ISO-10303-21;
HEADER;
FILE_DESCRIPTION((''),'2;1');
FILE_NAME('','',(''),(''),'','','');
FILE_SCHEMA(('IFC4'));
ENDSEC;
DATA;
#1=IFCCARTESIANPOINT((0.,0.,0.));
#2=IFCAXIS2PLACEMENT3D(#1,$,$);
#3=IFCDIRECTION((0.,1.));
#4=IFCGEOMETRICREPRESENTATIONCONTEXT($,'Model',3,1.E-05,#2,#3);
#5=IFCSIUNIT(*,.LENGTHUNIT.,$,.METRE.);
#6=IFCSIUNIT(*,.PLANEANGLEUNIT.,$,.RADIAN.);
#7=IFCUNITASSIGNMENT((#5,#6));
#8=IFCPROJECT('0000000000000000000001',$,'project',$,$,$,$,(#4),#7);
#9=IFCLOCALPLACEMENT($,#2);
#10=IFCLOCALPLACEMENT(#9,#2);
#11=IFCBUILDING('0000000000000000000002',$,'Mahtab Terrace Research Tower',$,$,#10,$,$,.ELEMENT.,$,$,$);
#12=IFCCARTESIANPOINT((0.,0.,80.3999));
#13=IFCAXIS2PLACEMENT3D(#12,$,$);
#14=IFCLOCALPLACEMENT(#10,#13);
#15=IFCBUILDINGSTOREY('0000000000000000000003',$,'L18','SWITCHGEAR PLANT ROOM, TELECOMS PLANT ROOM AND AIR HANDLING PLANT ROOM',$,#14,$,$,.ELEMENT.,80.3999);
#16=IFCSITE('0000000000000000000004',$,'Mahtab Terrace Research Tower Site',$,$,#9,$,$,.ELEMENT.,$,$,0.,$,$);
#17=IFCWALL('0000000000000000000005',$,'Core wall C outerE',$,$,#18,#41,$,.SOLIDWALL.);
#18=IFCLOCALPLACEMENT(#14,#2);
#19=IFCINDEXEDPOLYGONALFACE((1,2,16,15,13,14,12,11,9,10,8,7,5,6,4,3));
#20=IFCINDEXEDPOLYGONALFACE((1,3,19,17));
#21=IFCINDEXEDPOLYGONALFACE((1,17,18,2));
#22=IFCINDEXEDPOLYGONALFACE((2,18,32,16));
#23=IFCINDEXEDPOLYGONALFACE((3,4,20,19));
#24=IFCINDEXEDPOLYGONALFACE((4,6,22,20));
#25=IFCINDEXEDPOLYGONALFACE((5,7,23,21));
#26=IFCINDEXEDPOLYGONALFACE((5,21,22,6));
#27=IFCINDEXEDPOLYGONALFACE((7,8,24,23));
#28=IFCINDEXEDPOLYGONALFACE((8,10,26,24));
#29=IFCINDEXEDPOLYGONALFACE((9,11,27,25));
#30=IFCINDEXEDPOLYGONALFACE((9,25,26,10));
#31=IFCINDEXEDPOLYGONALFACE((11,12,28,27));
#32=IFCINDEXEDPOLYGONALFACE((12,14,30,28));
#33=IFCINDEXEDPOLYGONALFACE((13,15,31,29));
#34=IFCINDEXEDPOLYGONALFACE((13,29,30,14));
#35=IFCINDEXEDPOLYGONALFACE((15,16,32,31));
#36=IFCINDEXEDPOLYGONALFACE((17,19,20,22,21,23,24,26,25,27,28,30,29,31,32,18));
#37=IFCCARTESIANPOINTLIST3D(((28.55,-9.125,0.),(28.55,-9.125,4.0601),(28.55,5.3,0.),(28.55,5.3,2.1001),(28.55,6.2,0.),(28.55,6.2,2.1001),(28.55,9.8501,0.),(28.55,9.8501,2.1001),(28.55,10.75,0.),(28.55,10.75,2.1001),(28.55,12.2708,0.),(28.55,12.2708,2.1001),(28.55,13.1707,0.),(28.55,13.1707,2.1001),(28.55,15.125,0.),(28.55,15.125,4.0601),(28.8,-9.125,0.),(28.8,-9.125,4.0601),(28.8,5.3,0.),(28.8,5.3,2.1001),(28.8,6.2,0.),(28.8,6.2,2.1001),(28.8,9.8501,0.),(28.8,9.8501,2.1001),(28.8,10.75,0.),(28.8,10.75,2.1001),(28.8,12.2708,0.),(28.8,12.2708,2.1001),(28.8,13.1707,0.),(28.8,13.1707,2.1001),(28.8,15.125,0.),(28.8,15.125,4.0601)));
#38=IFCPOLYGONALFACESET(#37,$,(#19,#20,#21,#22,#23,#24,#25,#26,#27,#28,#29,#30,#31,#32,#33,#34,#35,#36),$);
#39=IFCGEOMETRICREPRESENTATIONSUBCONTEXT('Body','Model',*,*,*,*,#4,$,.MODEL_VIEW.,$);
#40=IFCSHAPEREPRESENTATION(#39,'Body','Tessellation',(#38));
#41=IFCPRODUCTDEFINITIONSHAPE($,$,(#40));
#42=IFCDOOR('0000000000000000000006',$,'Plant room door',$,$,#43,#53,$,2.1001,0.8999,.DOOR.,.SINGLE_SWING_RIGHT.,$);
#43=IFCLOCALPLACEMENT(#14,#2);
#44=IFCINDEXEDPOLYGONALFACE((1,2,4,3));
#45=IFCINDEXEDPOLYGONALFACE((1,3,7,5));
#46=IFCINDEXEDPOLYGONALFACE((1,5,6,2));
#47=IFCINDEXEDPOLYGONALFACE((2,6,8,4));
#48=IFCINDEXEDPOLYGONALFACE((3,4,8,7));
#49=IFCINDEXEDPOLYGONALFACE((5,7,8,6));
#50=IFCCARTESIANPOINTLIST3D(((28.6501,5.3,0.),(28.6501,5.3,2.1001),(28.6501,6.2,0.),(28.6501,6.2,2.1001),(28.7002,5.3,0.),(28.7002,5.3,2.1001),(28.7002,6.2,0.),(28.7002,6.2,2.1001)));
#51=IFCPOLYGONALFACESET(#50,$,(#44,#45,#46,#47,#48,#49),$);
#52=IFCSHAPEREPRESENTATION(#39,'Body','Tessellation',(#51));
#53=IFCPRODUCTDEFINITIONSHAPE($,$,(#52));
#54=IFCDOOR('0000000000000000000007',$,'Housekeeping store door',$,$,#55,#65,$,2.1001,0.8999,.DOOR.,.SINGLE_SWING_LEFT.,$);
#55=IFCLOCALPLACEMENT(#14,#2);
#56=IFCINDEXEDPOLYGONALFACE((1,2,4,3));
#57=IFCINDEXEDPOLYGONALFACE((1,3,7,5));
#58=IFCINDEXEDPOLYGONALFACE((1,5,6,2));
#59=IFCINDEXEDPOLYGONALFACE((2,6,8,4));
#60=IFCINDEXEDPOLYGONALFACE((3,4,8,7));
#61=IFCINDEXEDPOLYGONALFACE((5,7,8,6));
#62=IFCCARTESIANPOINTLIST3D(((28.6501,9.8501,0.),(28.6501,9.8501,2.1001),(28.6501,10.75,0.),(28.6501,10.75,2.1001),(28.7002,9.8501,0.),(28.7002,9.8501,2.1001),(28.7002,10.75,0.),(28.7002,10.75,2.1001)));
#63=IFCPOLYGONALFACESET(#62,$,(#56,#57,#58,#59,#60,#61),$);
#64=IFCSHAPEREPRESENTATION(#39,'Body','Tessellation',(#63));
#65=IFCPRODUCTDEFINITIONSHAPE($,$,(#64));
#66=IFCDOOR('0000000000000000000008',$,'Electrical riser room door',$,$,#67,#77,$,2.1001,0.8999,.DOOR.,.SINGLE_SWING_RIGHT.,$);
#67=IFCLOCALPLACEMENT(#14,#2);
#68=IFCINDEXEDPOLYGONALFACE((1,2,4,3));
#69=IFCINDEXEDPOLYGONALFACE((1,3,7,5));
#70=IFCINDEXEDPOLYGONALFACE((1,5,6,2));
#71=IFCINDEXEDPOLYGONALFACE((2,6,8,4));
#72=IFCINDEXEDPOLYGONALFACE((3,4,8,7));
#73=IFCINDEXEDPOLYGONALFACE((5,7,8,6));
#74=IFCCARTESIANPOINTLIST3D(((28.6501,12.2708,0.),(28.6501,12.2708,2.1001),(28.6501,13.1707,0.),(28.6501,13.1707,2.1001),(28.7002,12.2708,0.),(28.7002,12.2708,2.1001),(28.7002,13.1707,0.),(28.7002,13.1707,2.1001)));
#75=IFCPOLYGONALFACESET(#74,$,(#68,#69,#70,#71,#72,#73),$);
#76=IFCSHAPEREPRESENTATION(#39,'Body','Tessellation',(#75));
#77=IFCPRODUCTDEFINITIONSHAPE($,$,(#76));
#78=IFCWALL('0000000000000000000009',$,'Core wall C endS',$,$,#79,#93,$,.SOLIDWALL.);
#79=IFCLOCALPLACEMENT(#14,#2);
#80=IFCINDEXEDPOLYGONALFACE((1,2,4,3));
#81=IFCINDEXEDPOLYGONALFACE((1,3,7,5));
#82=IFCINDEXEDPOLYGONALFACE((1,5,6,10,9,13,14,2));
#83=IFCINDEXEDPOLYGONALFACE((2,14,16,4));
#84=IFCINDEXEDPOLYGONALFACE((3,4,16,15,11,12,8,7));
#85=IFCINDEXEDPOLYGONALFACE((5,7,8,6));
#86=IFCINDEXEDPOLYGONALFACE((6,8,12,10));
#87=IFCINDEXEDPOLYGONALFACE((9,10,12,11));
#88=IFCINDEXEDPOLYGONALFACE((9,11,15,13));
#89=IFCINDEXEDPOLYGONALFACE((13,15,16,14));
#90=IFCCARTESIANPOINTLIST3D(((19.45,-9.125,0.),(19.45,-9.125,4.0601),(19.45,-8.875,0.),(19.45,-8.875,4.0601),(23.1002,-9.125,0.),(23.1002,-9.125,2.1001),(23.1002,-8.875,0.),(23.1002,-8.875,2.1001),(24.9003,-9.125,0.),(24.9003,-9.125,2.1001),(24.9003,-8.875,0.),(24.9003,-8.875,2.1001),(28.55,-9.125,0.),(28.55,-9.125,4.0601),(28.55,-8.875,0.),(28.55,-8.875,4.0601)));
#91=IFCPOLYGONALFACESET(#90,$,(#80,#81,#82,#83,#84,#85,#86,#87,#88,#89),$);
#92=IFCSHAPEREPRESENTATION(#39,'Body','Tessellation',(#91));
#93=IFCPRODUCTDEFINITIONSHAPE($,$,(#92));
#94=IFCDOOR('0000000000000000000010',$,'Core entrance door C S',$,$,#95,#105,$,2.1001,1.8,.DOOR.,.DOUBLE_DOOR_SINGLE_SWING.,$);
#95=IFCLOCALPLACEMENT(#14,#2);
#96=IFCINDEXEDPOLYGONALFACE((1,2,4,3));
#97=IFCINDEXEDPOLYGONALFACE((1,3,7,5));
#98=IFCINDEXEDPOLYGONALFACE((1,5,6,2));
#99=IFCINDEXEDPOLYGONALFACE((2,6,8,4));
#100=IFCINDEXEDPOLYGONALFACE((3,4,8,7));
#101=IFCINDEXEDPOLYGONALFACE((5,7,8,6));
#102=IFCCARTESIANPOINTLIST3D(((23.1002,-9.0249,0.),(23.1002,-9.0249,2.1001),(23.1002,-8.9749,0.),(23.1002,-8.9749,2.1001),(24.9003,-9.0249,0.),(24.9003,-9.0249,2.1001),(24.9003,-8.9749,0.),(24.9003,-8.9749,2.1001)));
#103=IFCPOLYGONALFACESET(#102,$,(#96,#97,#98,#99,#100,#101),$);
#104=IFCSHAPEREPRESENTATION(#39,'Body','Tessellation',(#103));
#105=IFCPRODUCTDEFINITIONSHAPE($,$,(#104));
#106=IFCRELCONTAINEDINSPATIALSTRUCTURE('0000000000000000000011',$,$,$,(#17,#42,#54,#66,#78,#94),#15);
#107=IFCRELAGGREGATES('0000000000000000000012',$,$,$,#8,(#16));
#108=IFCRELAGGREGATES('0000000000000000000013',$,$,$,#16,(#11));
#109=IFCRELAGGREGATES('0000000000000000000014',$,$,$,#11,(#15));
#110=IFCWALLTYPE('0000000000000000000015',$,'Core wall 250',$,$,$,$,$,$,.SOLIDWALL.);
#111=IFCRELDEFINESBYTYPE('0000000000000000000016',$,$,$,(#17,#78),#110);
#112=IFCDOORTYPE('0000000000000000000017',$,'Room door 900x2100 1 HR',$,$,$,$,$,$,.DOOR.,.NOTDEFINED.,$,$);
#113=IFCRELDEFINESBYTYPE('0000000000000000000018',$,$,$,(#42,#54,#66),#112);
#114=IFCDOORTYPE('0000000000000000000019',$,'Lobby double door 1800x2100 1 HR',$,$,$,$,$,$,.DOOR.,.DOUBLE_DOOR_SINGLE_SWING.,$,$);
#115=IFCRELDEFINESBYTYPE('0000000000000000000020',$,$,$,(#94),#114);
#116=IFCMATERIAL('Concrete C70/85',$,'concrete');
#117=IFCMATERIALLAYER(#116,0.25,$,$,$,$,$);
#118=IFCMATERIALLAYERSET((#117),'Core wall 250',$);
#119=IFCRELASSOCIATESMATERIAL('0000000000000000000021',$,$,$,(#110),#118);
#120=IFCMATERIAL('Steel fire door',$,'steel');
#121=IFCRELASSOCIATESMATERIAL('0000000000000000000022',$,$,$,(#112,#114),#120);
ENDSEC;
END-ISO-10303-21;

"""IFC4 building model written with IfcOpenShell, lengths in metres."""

from ifc_helpers import new_model, si_unit, direction, frame, frame_2d, origin, place, context, subcontext, project, spatial, rectangle, extrude, material, layer, layer_set, type_object, element, fill, save


model = new_model("IFC4")

# Units and contexts
model_context = context("Model", 3, precision=1e-05, world=origin(), true_north=direction((0.0, 1.0)))
body_context = subcontext(model_context, "Body", "Model", "MODEL_VIEW")
ifc_project = project(units=[si_unit("LENGTHUNIT", "METRE"), si_unit("PLANEANGLEUNIT", "RADIAN")], contexts=[model_context])

# Site, building, storey
site_placement = place(None, origin())
site = spatial("IfcSite", under=ifc_project, at=site_placement, Name="Mahtab Terrace Research Tower Site", CompositionType="ELEMENT", RefElevation=0.0)
building_placement = place(site_placement, origin())
building = spatial("IfcBuilding", under=site, at=building_placement, Name="Mahtab Terrace Research Tower", CompositionType="ELEMENT")
storey_placement = place(building_placement, frame((0.0, 0.0, 80.3999)))
storey = spatial("IfcBuildingStorey", under=building, at=storey_placement, Name="L18", Description="SWITCHGEAR PLANT ROOM, TELECOMS PLANT ROOM AND AIR HANDLING PLANT ROOM", CompositionType="ELEMENT", Elevation=80.3999)

# Shared definitions
ifc_material_1 = material(Name="Concrete C70/85", Category="concrete")

# Wall, openings, doors
ifc_layer_1 = layer(ifc_material_1, 0.25)
ifc_layer_set_1 = layer_set([ifc_layer_1], Name="Core wall 250")
wall_type_1 = type_object("IfcWallType", Name="Core wall 250", PredefinedType="SOLIDWALL", material=ifc_layer_set_1)
wall_1_placement = place(storey_placement, frame((28.675, -9.125, 0.0), z_axis=(0.0, 0.0, 1.0), x_axis=(0.0, 1.0, 0.0)))
wall_1 = element("IfcWall", 1, at=wall_1_placement, inside=storey, type_object=wall_type_1, Name="Core wall C outerE", PredefinedType="SOLIDWALL", context=body_context, shape_type="SweptSolid", body=[
    extrude(rectangle(XDim=24.25, YDim=0.25, at=frame_2d((12.125, 0.0))), origin(), (0.0, 0.0, 1.0), 4.0601),
])
opening_1_placement = place(wall_1_placement, frame((14.425, 0.0, 0.0)))
opening_1 = element("IfcOpeningElement", 2, at=opening_1_placement, cuts=wall_1, PredefinedType="OPENING", context=body_context, shape_type="SweptSolid", body=[
    extrude(rectangle(XDim=0.8999, YDim=2.1001, at=frame_2d((0.45, 1.05))), frame((0.0, 0.135, 0.0), z_axis=(0.0, -1.0, 0.0), x_axis=(1.0, 0.0, 0.0)), (0.0, 0.0, 1.0), 0.27),
])
opening_2_placement = place(wall_1_placement, frame((18.9751, 0.0, 0.0)))
opening_2 = element("IfcOpeningElement", 3, at=opening_2_placement, cuts=wall_1, PredefinedType="OPENING", context=body_context, shape_type="SweptSolid", body=[
    extrude(rectangle(XDim=0.8999, YDim=2.1001, at=frame_2d((0.45, 1.05))), frame((0.0, 0.135, 0.0), z_axis=(0.0, -1.0, 0.0), x_axis=(1.0, 0.0, 0.0)), (0.0, 0.0, 1.0), 0.27),
])
opening_3_placement = place(wall_1_placement, frame((21.3958, 0.0, 0.0)))
opening_3 = element("IfcOpeningElement", 4, at=opening_3_placement, cuts=wall_1, PredefinedType="OPENING", context=body_context, shape_type="SweptSolid", body=[
    extrude(rectangle(XDim=0.8999, YDim=2.1001, at=frame_2d((0.45, 1.05))), frame((0.0, 0.135, 0.0), z_axis=(0.0, -1.0, 0.0), x_axis=(1.0, 0.0, 0.0)), (0.0, 0.0, 1.0), 0.27),
])
ifc_material_2 = material(Name="Steel fire door", Category="steel")
door_type_1 = type_object("IfcDoorType", Name="Room door 900x2100 1 HR", OperationType="NOTDEFINED", PredefinedType="DOOR", material=ifc_material_2)
door_1_placement = place(opening_1_placement, origin())
door_1 = element("IfcDoor", 5, at=door_1_placement, inside=storey, type_object=door_type_1, Name="Plant room door", OperationType="SINGLE_SWING_RIGHT", OverallHeight=2.1001, OverallWidth=0.8999, PredefinedType="DOOR", context=body_context, shape_type="SweptSolid", body=[
    extrude(rectangle(XDim=0.8999, YDim=2.1001, at=frame_2d((0.45, 1.05))), frame((0.0, 0.0249, 0.0), z_axis=(0.0, -1.0, 0.0), x_axis=(1.0, 0.0, 0.0)), (0.0, 0.0, 1.0), 0.05),
])
fill(opening_1, door_1)
door_2_placement = place(opening_2_placement, origin())
door_2 = element("IfcDoor", 6, at=door_2_placement, inside=storey, type_object=door_type_1, Name="Housekeeping store door", OperationType="SINGLE_SWING_LEFT", OverallHeight=2.1001, OverallWidth=0.8999, PredefinedType="DOOR", context=body_context, shape_type="SweptSolid", body=[
    extrude(rectangle(XDim=0.8999, YDim=2.1001, at=frame_2d((0.45, 1.05))), frame((0.0, 0.0249, 0.0), z_axis=(0.0, -1.0, 0.0), x_axis=(1.0, 0.0, 0.0)), (0.0, 0.0, 1.0), 0.05),
])
fill(opening_2, door_2)
door_3_placement = place(opening_3_placement, origin())
door_3 = element("IfcDoor", 7, at=door_3_placement, inside=storey, type_object=door_type_1, Name="Electrical riser room door", OperationType="SINGLE_SWING_RIGHT", OverallHeight=2.1001, OverallWidth=0.8999, PredefinedType="DOOR", context=body_context, shape_type="SweptSolid", body=[
    extrude(rectangle(XDim=0.8999, YDim=2.1001, at=frame_2d((0.45, 1.05))), frame((0.0, 0.0249, 0.0), z_axis=(0.0, -1.0, 0.0), x_axis=(1.0, 0.0, 0.0)), (0.0, 0.0, 1.0), 0.05),
])
fill(opening_3, door_3)

# Wall, opening, door
wall_2_placement = place(storey_placement, frame((28.55, -9.0, 0.0), z_axis=(0.0, 0.0, 1.0), x_axis=(-1.0, 0.0, 0.0)))
wall_2 = element("IfcWall", 8, at=wall_2_placement, inside=storey, type_object=wall_type_1, Name="Core wall C endS", PredefinedType="SOLIDWALL", context=body_context, shape_type="SweptSolid", body=[
    extrude(rectangle(XDim=9.1001, YDim=0.25, at=frame_2d((4.55, 0.0))), origin(), (0.0, 0.0, 1.0), 4.0601),
])
opening_4_placement = place(wall_2_placement, frame((3.6499, 0.0, 0.0)))
opening_4 = element("IfcOpeningElement", 9, at=opening_4_placement, cuts=wall_2, PredefinedType="OPENING", context=body_context, shape_type="SweptSolid", body=[
    extrude(rectangle(XDim=1.8, YDim=2.1001, at=frame_2d((0.8999, 1.05))), frame((0.0, 0.135, 0.0), z_axis=(0.0, -1.0, 0.0), x_axis=(1.0, 0.0, 0.0)), (0.0, 0.0, 1.0), 0.27),
])
door_type_2 = type_object("IfcDoorType", Name="Lobby double door 1800x2100 1 HR", OperationType="DOUBLE_DOOR_SINGLE_SWING", PredefinedType="DOOR", material=ifc_material_2)
door_4_placement = place(opening_4_placement, origin())
door_4 = element("IfcDoor", 10, at=door_4_placement, inside=storey, type_object=door_type_2, Name="Core entrance door C S", OperationType="DOUBLE_DOOR_SINGLE_SWING", OverallHeight=2.1001, OverallWidth=1.8, PredefinedType="DOOR", context=body_context, shape_type="SweptSolid", body=[
    extrude(rectangle(XDim=1.8, YDim=2.1001, at=frame_2d((0.8999, 1.05))), frame((0.0, 0.0249, 0.0), z_axis=(0.0, -1.0, 0.0), x_axis=(1.0, 0.0, 0.0)), (0.0, 0.0, 1.0), 0.05),
])
fill(opening_4, door_4)

save(model, "model.ifc")
